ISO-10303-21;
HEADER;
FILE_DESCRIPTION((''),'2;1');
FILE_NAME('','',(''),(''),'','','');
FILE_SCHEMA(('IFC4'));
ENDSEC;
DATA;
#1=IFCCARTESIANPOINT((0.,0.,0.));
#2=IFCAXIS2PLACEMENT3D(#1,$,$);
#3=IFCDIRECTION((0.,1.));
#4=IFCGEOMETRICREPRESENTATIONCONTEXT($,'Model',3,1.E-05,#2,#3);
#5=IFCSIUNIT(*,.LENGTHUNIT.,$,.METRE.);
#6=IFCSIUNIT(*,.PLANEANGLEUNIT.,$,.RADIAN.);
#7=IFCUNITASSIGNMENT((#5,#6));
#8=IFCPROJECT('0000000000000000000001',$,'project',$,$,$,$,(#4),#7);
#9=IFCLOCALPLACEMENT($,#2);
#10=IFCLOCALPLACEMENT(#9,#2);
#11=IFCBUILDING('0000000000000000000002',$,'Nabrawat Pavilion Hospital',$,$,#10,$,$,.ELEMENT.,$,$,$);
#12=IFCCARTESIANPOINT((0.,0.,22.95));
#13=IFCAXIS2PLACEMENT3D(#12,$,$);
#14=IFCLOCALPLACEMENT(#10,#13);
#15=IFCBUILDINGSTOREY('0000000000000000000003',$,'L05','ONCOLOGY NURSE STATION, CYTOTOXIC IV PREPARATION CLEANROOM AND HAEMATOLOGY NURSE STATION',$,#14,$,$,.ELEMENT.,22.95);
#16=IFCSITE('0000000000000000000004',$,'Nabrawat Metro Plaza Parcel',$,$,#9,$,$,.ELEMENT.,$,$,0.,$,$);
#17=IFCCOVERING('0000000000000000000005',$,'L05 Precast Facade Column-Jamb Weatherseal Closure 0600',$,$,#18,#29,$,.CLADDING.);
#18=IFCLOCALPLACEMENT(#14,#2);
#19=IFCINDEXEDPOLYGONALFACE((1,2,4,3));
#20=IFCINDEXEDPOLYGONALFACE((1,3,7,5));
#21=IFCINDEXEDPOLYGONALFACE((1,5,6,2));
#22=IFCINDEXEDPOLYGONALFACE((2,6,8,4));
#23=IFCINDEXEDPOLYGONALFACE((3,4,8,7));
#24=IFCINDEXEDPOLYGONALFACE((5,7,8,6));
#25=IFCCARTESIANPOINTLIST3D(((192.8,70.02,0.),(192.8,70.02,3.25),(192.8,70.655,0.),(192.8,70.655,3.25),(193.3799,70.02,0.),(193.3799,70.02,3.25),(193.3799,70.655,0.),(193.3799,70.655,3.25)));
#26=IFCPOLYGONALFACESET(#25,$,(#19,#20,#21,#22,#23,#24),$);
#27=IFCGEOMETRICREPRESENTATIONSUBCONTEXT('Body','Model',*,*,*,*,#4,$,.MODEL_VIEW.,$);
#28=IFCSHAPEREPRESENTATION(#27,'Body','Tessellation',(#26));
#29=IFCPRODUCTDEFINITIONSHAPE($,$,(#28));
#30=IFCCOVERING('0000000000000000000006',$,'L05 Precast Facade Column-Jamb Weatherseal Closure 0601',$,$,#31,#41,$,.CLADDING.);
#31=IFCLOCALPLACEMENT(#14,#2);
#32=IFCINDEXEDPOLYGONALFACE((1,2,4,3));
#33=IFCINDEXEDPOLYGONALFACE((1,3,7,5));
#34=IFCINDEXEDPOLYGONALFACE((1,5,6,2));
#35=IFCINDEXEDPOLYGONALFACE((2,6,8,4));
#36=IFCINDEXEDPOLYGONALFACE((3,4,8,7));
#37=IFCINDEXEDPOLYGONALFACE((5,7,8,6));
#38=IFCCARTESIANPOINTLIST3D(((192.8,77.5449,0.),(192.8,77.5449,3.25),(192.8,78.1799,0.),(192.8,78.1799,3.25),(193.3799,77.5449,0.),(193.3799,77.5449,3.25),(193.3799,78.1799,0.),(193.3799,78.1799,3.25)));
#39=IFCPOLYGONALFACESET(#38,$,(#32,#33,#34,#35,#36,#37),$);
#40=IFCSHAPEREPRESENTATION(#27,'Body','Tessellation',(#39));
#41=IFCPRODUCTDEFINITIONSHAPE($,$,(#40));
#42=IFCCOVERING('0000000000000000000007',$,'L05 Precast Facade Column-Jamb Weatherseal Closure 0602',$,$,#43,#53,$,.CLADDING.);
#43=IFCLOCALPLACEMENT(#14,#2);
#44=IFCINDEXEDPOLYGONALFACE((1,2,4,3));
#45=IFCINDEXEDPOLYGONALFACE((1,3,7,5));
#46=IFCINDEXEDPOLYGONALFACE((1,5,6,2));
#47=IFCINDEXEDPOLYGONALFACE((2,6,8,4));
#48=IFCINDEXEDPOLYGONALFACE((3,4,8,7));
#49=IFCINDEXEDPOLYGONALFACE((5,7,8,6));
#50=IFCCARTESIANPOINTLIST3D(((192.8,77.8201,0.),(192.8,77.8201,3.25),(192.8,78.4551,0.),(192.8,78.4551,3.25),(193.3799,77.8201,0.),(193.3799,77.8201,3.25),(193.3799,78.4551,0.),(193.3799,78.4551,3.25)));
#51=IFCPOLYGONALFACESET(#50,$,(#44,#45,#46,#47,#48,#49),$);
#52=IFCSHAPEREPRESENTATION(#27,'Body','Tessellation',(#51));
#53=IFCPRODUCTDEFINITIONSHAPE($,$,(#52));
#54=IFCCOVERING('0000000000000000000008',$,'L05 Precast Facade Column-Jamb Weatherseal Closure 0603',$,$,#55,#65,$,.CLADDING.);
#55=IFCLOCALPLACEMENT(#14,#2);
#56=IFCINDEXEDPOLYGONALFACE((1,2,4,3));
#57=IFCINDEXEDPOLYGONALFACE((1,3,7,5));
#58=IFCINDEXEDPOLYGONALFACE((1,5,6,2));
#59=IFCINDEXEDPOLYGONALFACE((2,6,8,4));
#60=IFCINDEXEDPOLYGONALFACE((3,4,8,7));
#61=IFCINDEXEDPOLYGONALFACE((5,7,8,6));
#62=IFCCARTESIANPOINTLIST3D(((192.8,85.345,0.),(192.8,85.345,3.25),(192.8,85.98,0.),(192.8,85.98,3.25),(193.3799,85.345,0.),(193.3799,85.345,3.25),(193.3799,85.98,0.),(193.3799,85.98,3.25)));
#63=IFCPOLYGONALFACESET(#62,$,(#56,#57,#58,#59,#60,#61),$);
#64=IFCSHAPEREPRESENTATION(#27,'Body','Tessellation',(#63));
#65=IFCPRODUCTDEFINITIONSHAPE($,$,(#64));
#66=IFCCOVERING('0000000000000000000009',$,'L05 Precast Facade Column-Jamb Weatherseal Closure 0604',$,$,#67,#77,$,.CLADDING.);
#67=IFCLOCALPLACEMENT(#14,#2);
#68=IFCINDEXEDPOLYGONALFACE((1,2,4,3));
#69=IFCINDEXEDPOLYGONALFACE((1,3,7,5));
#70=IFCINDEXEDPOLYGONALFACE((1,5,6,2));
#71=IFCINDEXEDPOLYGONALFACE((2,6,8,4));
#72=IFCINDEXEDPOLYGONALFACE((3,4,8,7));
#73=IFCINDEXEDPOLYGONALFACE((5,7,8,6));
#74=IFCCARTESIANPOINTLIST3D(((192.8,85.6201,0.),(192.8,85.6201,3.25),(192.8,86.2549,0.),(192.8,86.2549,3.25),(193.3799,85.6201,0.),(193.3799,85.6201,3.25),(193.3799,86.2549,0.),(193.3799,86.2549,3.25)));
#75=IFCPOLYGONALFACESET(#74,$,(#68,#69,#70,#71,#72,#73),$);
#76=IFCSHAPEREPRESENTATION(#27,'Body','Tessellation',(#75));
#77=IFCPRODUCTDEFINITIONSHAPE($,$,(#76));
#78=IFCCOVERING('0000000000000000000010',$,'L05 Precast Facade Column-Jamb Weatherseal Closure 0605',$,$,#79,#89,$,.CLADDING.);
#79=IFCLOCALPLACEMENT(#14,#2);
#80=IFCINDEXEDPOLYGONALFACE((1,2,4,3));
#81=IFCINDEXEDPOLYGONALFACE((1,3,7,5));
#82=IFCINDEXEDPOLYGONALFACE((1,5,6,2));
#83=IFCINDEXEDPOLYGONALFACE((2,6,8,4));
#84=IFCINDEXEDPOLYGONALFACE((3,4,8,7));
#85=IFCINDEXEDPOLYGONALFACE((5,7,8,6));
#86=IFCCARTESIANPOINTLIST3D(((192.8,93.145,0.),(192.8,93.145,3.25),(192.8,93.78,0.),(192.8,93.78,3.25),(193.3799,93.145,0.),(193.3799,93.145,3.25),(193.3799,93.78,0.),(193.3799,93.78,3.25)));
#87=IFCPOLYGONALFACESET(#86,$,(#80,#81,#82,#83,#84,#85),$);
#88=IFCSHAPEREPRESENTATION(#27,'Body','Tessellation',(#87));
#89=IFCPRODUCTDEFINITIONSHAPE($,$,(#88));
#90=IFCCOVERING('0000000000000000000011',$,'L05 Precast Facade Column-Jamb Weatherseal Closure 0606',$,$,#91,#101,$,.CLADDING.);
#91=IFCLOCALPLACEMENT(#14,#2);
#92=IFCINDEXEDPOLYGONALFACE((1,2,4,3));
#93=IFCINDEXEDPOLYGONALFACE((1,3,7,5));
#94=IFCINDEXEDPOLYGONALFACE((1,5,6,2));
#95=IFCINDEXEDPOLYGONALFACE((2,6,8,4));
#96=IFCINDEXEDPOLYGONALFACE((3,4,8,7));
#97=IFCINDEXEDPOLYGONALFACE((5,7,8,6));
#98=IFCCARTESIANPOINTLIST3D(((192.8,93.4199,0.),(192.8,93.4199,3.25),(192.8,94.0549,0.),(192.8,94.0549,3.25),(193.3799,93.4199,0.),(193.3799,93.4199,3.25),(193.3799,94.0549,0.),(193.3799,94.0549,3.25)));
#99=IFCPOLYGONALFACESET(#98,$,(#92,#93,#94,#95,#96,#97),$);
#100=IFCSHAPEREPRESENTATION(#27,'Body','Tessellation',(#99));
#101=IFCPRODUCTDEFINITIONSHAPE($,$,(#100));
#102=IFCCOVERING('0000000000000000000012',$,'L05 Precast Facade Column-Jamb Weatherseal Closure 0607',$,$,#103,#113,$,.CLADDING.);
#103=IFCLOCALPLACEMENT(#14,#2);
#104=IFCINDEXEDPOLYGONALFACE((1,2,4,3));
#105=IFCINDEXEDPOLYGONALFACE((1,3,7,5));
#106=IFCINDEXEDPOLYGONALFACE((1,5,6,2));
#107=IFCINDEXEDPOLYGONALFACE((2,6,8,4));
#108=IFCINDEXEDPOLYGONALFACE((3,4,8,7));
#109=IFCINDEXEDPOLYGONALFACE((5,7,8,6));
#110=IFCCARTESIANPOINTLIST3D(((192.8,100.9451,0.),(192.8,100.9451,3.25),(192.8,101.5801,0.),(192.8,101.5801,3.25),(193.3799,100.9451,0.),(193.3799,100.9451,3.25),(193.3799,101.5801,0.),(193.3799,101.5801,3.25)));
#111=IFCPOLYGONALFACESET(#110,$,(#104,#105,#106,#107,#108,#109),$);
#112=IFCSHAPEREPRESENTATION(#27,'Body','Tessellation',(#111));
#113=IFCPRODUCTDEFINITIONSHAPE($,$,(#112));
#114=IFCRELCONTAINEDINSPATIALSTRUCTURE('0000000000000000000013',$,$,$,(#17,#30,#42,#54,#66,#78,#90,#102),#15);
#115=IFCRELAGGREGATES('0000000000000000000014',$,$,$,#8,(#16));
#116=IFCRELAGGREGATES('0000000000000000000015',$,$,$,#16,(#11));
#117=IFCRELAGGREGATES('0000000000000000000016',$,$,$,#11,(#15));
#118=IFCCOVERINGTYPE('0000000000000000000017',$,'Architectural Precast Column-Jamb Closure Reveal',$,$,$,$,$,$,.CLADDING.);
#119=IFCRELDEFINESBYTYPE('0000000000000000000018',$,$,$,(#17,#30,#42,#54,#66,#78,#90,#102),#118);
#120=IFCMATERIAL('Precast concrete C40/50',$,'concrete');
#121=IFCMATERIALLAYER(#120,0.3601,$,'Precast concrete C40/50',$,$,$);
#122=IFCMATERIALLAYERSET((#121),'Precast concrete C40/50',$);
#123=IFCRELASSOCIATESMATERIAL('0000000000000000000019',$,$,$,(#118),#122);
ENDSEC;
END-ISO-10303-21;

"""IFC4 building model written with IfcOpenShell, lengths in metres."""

from ifc_helpers import new_model, si_unit, direction, frame, origin, place, context, subcontext, project, spatial, polyline, outline, extrude, material, layer, layer_set, type_object, element, save


model = new_model("IFC4")

# Units and contexts
model_context = context("Model", 3, precision=1e-05, world=origin(), true_north=direction((0.0, 1.0)))
body_context = subcontext(model_context, "Body", "Model", "MODEL_VIEW")
ifc_project = project(units=[si_unit("LENGTHUNIT", "METRE"), si_unit("PLANEANGLEUNIT", "RADIAN")], contexts=[model_context])

# Site, building, storey
site_placement = place(None, origin())
site = spatial("IfcSite", under=ifc_project, at=site_placement, Name="Nabrawat Metro Plaza Parcel", CompositionType="ELEMENT", RefElevation=0.0)
building_placement = place(site_placement, origin())
building = spatial("IfcBuilding", under=site, at=building_placement, Name="Nabrawat Pavilion Hospital", CompositionType="ELEMENT")
storey_placement = place(building_placement, frame((0.0, 0.0, 22.95)))
storey = spatial("IfcBuildingStorey", under=building, at=storey_placement, Name="L05", Description="ONCOLOGY NURSE STATION, CYTOTOXIC IV PREPARATION CLEANROOM AND HAEMATOLOGY NURSE STATION", CompositionType="ELEMENT", Elevation=22.95)

# Coverings
ifc_material_1 = material(Name="Precast concrete C40/50", Category="concrete")
ifc_layer_1 = layer(ifc_material_1, 0.3601, Name="Precast concrete C40/50")
ifc_layer_set_1 = layer_set([ifc_layer_1], Name="Precast concrete C40/50")
covering_type = type_object("IfcCoveringType", Name="Architectural Precast Column-Jamb Closure Reveal", PredefinedType="CLADDING", material=ifc_layer_set_1)
covering_1_placement = place(storey_placement, origin())
element("IfcCovering", 1, at=covering_1_placement, inside=storey, type_object=covering_type, Name="L05 Precast Facade Column-Jamb Weatherseal Closure 0600", PredefinedType="CLADDING", context=body_context, shape_type="SweptSolid", body=[
    extrude(outline(polyline([(193.3799, 70.02), (193.3799, 70.655), (192.8, 70.655), (192.8, 70.02), (193.3799, 70.02)])), origin(), (0.0, 0.0, 1.0), 3.25),
])
covering_2_placement = place(storey_placement, origin())
element("IfcCovering", 2, at=covering_2_placement, inside=storey, type_object=covering_type, Name="L05 Precast Facade Column-Jamb Weatherseal Closure 0601", PredefinedType="CLADDING", context=body_context, shape_type="SweptSolid", body=[
    extrude(outline(polyline([(193.3799, 77.5449), (193.3799, 78.1799), (192.8, 78.1799), (192.8, 77.5449), (193.3799, 77.5449)])), origin(), (0.0, 0.0, 1.0), 3.25),
])
covering_3_placement = place(storey_placement, origin())
element("IfcCovering", 3, at=covering_3_placement, inside=storey, type_object=covering_type, Name="L05 Precast Facade Column-Jamb Weatherseal Closure 0602", PredefinedType="CLADDING", context=body_context, shape_type="SweptSolid", body=[
    extrude(outline(polyline([(193.3799, 77.8201), (193.3799, 78.4551), (192.8, 78.4551), (192.8, 77.8201), (193.3799, 77.8201)])), origin(), (0.0, 0.0, 1.0), 3.25),
])
covering_4_placement = place(storey_placement, origin())
element("IfcCovering", 4, at=covering_4_placement, inside=storey, type_object=covering_type, Name="L05 Precast Facade Column-Jamb Weatherseal Closure 0603", PredefinedType="CLADDING", context=body_context, shape_type="SweptSolid", body=[
    extrude(outline(polyline([(193.3799, 85.345), (193.3799, 85.98), (192.8, 85.98), (192.8, 85.345), (193.3799, 85.345)])), origin(), (0.0, 0.0, 1.0), 3.25),
])
covering_5_placement = place(storey_placement, origin())
element("IfcCovering", 5, at=covering_5_placement, inside=storey, type_object=covering_type, Name="L05 Precast Facade Column-Jamb Weatherseal Closure 0604", PredefinedType="CLADDING", context=body_context, shape_type="SweptSolid", body=[
    extrude(outline(polyline([(193.3799, 85.6201), (193.3799, 86.2549), (192.8, 86.2549), (192.8, 85.6201), (193.3799, 85.6201)])), origin(), (0.0, 0.0, 1.0), 3.25),
])
covering_6_placement = place(storey_placement, origin())
element("IfcCovering", 6, at=covering_6_placement, inside=storey, type_object=covering_type, Name="L05 Precast Facade Column-Jamb Weatherseal Closure 0605", PredefinedType="CLADDING", context=body_context, shape_type="SweptSolid", body=[
    extrude(outline(polyline([(193.3799, 93.145), (193.3799, 93.78), (192.8, 93.78), (192.8, 93.145), (193.3799, 93.145)])), origin(), (0.0, 0.0, 1.0), 3.25),
])
covering_7_placement = place(storey_placement, origin())
element("IfcCovering", 7, at=covering_7_placement, inside=storey, type_object=covering_type, Name="L05 Precast Facade Column-Jamb Weatherseal Closure 0606", PredefinedType="CLADDING", context=body_context, shape_type="SweptSolid", body=[
    extrude(outline(polyline([(193.3799, 93.4199), (193.3799, 94.0549), (192.8, 94.0549), (192.8, 93.4199), (193.3799, 93.4199)])), origin(), (0.0, 0.0, 1.0), 3.25),
])
covering_8_placement = place(storey_placement, origin())
element("IfcCovering", 8, at=covering_8_placement, inside=storey, type_object=covering_type, Name="L05 Precast Facade Column-Jamb Weatherseal Closure 0607", PredefinedType="CLADDING", context=body_context, shape_type="SweptSolid", body=[
    extrude(outline(polyline([(193.3799, 100.9451), (193.3799, 101.5801), (192.8, 101.5801), (192.8, 100.9451), (193.3799, 100.9451)])), origin(), (0.0, 0.0, 1.0), 3.25),
])

save(model, "model.ifc")
